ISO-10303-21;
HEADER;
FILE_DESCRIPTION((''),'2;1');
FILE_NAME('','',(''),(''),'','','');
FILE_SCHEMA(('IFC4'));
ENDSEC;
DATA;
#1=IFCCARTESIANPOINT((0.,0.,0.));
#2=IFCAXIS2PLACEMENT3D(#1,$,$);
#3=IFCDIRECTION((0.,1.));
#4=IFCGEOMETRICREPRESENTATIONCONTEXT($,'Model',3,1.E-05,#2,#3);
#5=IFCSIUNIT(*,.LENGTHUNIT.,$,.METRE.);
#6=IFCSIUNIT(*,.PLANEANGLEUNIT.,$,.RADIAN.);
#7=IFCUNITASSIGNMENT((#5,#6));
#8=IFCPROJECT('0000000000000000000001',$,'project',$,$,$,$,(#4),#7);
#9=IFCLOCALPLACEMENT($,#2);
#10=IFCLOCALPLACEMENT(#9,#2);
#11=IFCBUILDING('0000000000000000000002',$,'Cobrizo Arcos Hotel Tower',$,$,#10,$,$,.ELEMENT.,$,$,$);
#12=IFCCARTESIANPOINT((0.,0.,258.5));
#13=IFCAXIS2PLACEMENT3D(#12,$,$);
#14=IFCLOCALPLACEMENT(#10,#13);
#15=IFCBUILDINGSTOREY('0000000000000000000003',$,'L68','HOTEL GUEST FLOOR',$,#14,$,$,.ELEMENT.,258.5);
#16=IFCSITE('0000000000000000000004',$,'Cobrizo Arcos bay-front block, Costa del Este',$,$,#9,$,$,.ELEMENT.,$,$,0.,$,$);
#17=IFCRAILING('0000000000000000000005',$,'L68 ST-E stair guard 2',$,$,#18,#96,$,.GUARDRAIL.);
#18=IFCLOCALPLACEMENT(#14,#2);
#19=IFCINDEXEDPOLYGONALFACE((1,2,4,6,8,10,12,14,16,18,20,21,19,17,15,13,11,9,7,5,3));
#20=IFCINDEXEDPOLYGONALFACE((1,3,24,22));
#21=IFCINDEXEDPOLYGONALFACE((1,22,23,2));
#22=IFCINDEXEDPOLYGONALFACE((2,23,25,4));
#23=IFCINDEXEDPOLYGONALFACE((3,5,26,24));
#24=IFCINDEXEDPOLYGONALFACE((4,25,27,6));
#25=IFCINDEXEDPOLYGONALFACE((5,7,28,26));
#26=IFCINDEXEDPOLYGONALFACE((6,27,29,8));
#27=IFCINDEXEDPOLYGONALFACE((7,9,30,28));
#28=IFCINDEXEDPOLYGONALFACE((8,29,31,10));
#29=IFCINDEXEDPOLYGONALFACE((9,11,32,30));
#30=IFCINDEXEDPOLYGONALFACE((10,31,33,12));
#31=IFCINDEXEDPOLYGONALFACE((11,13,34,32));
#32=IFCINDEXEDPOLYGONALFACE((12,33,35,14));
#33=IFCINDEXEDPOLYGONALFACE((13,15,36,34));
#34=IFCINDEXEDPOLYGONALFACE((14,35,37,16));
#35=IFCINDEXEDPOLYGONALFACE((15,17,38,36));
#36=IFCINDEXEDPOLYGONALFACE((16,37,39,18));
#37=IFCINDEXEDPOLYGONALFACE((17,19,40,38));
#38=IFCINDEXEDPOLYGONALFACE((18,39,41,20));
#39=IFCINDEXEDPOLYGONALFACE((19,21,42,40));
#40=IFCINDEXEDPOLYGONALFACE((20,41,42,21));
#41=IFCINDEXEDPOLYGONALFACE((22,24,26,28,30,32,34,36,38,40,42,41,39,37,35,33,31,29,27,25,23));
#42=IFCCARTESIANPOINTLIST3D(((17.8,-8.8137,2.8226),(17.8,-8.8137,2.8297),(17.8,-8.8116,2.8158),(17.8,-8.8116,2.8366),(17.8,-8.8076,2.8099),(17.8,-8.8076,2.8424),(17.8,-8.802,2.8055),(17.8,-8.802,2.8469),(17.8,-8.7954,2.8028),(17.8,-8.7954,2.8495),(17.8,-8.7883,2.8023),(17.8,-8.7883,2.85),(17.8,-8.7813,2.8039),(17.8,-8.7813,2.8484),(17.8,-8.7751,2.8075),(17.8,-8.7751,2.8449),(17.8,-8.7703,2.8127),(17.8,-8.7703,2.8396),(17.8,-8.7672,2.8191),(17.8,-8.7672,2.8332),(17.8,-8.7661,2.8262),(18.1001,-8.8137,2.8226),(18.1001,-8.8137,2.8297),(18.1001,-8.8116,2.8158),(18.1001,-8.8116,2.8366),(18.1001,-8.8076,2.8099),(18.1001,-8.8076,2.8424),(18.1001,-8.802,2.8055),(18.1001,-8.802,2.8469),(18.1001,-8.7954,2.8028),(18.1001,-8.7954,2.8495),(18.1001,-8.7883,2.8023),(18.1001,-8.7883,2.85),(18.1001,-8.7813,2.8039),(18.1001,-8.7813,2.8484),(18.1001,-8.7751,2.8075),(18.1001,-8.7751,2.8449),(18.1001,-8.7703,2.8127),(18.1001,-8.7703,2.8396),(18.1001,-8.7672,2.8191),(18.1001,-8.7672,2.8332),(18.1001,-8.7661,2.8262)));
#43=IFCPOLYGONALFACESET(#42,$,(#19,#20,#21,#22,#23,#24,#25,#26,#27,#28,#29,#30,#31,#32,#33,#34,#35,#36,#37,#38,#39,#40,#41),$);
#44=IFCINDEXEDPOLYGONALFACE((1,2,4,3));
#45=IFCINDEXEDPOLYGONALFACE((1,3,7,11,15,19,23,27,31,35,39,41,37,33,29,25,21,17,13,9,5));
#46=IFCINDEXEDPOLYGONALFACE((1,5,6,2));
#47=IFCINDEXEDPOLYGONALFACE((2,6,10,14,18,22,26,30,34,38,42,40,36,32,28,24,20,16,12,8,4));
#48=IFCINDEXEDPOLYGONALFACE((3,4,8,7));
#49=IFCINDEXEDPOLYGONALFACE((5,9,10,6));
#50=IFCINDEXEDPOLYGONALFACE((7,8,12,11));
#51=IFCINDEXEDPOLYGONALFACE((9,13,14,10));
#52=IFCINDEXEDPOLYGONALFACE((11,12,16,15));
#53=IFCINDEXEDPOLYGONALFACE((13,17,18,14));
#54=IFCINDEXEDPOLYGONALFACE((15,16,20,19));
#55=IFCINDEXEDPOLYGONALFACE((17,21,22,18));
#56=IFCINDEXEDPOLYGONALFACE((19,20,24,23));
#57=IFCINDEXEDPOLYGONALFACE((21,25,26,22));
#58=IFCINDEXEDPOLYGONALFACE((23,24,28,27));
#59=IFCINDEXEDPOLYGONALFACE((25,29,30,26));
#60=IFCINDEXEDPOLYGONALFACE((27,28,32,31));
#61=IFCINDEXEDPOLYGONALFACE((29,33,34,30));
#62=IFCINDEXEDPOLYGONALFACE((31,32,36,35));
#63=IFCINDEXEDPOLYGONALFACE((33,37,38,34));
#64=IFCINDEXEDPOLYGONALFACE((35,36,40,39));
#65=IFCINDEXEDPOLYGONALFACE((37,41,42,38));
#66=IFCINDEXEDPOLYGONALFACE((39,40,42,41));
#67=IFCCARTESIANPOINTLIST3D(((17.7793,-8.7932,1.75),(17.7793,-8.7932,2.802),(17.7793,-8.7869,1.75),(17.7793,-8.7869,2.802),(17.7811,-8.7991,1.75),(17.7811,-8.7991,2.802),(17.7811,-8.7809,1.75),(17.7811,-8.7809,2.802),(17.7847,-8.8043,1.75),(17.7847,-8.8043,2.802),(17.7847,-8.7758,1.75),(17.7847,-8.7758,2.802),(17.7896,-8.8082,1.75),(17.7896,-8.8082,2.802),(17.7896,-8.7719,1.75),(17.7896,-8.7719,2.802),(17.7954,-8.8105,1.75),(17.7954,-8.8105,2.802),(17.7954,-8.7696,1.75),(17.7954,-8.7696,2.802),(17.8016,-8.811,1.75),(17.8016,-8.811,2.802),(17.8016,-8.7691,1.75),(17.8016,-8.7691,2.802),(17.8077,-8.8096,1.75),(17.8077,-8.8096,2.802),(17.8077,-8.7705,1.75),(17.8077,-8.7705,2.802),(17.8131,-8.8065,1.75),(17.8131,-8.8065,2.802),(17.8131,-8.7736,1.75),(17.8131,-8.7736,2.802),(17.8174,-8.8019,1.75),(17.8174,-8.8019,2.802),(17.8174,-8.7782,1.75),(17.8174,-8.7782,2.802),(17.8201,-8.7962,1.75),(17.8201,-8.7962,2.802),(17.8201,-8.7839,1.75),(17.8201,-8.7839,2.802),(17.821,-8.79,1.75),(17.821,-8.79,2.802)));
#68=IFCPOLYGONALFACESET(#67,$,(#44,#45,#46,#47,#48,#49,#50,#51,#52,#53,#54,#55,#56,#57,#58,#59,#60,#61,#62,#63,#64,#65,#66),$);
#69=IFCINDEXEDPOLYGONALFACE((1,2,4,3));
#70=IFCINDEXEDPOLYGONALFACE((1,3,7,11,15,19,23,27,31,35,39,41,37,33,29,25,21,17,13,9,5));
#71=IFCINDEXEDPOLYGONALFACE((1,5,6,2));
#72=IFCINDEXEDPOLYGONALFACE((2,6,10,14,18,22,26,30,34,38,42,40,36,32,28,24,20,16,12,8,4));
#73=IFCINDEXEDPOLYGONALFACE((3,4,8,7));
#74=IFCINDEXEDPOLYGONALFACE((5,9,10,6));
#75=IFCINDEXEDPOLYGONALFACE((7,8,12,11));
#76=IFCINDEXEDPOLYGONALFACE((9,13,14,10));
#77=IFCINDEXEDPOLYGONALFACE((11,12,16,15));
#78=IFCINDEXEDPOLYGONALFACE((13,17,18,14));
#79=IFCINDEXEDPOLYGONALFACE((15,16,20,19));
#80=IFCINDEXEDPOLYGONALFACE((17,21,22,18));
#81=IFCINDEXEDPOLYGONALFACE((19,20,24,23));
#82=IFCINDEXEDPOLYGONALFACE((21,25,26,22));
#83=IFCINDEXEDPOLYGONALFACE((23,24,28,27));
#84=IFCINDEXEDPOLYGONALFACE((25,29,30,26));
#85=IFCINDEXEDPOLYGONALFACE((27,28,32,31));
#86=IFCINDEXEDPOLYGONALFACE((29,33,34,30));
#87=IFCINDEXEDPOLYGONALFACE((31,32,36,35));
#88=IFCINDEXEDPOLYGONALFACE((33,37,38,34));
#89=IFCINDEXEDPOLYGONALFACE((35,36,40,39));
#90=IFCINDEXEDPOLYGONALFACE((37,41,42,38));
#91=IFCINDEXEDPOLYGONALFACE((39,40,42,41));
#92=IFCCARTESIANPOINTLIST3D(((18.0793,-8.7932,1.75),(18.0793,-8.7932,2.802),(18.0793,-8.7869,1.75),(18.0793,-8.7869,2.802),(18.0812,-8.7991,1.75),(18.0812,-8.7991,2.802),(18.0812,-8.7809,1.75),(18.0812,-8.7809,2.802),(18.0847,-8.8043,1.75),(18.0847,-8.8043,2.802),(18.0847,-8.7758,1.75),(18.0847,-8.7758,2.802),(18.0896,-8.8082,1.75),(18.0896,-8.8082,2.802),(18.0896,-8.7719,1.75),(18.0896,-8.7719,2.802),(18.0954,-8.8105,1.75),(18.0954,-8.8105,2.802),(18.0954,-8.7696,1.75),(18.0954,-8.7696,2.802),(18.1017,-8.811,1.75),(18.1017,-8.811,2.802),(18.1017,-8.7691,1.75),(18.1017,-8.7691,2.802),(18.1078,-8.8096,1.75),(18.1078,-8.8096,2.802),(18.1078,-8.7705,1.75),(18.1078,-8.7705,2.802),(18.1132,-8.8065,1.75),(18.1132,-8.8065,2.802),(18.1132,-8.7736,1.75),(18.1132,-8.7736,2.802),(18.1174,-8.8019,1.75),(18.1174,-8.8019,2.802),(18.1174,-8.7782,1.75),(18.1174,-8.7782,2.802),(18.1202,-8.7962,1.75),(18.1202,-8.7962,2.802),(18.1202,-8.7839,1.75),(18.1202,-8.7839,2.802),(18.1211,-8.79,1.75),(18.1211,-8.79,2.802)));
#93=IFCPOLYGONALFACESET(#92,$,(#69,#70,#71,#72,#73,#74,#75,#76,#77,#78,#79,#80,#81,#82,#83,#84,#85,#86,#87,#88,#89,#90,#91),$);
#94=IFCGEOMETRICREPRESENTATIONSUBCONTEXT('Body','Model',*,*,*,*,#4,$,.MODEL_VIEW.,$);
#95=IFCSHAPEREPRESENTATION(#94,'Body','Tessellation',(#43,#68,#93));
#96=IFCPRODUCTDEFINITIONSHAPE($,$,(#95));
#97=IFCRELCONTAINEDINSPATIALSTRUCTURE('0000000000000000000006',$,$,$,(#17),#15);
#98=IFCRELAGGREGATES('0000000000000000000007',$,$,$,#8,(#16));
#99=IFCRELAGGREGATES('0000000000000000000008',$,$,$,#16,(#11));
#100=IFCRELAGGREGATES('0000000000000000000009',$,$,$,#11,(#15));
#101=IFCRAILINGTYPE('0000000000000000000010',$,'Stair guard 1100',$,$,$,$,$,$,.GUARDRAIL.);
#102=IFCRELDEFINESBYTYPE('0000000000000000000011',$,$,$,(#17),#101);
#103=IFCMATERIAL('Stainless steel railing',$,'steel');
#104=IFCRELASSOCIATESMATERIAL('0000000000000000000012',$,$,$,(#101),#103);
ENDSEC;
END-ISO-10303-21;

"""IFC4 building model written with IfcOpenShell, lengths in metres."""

from ifc_helpers import new_model, si_unit, direction, frame, origin, origin_2d, place, context, subcontext, project, spatial, circle, extrude, material, type_object, element, save


model = new_model("IFC4")

# Units and contexts
model_context = context("Model", 3, precision=1e-05, world=origin(), true_north=direction((0.0, 1.0)))
body_context = subcontext(model_context, "Body", "Model", "MODEL_VIEW")
ifc_project = project(units=[si_unit("LENGTHUNIT", "METRE"), si_unit("PLANEANGLEUNIT", "RADIAN")], contexts=[model_context])

# Site, building, storey
site_placement = place(None, origin())
site = spatial("IfcSite", under=ifc_project, at=site_placement, Name="Cobrizo Arcos bay-front block, Costa del Este", CompositionType="ELEMENT", RefElevation=0.0)
building_placement = place(site_placement, origin())
building = spatial("IfcBuilding", under=site, at=building_placement, Name="Cobrizo Arcos Hotel Tower", CompositionType="ELEMENT")
storey_placement = place(building_placement, frame((0.0, 0.0, 258.5)))
storey = spatial("IfcBuildingStorey", under=building, at=storey_placement, Name="L68", Description="HOTEL GUEST FLOOR", CompositionType="ELEMENT", Elevation=258.5)

# Railing
ifc_material_1 = material(Name="Stainless steel railing", Category="steel")
railing_type_1 = type_object("IfcRailingType", Name="Stair guard 1100", PredefinedType="GUARDRAIL", material=ifc_material_1)
railing_1_placement = place(storey_placement, frame((17.8, -8.79, 1.75)))
element("IfcRailing", 1, at=railing_1_placement, inside=storey, type_object=railing_type_1, Name="L68 ST-E stair guard 2", PredefinedType="GUARDRAIL", context=body_context, shape_type="SweptSolid", body=[
    extrude(circle(Radius=0.0239, at=origin_2d()), frame((0.0, 0.0, 1.0762), z_axis=(1.0, 0.0, 0.0), x_axis=(0.0, 1.0, 0.0)), (0.0, 0.0, 1.0), 0.3),
    extrude(circle(Radius=0.021, at=origin_2d()), origin(), (0.0, 0.0, 1.0), 1.052),
    extrude(circle(Radius=0.021, at=origin_2d()), frame((0.3, 0.0, 0.0)), (0.0, 0.0, 1.0), 1.052),
])

save(model, "model.ifc")
